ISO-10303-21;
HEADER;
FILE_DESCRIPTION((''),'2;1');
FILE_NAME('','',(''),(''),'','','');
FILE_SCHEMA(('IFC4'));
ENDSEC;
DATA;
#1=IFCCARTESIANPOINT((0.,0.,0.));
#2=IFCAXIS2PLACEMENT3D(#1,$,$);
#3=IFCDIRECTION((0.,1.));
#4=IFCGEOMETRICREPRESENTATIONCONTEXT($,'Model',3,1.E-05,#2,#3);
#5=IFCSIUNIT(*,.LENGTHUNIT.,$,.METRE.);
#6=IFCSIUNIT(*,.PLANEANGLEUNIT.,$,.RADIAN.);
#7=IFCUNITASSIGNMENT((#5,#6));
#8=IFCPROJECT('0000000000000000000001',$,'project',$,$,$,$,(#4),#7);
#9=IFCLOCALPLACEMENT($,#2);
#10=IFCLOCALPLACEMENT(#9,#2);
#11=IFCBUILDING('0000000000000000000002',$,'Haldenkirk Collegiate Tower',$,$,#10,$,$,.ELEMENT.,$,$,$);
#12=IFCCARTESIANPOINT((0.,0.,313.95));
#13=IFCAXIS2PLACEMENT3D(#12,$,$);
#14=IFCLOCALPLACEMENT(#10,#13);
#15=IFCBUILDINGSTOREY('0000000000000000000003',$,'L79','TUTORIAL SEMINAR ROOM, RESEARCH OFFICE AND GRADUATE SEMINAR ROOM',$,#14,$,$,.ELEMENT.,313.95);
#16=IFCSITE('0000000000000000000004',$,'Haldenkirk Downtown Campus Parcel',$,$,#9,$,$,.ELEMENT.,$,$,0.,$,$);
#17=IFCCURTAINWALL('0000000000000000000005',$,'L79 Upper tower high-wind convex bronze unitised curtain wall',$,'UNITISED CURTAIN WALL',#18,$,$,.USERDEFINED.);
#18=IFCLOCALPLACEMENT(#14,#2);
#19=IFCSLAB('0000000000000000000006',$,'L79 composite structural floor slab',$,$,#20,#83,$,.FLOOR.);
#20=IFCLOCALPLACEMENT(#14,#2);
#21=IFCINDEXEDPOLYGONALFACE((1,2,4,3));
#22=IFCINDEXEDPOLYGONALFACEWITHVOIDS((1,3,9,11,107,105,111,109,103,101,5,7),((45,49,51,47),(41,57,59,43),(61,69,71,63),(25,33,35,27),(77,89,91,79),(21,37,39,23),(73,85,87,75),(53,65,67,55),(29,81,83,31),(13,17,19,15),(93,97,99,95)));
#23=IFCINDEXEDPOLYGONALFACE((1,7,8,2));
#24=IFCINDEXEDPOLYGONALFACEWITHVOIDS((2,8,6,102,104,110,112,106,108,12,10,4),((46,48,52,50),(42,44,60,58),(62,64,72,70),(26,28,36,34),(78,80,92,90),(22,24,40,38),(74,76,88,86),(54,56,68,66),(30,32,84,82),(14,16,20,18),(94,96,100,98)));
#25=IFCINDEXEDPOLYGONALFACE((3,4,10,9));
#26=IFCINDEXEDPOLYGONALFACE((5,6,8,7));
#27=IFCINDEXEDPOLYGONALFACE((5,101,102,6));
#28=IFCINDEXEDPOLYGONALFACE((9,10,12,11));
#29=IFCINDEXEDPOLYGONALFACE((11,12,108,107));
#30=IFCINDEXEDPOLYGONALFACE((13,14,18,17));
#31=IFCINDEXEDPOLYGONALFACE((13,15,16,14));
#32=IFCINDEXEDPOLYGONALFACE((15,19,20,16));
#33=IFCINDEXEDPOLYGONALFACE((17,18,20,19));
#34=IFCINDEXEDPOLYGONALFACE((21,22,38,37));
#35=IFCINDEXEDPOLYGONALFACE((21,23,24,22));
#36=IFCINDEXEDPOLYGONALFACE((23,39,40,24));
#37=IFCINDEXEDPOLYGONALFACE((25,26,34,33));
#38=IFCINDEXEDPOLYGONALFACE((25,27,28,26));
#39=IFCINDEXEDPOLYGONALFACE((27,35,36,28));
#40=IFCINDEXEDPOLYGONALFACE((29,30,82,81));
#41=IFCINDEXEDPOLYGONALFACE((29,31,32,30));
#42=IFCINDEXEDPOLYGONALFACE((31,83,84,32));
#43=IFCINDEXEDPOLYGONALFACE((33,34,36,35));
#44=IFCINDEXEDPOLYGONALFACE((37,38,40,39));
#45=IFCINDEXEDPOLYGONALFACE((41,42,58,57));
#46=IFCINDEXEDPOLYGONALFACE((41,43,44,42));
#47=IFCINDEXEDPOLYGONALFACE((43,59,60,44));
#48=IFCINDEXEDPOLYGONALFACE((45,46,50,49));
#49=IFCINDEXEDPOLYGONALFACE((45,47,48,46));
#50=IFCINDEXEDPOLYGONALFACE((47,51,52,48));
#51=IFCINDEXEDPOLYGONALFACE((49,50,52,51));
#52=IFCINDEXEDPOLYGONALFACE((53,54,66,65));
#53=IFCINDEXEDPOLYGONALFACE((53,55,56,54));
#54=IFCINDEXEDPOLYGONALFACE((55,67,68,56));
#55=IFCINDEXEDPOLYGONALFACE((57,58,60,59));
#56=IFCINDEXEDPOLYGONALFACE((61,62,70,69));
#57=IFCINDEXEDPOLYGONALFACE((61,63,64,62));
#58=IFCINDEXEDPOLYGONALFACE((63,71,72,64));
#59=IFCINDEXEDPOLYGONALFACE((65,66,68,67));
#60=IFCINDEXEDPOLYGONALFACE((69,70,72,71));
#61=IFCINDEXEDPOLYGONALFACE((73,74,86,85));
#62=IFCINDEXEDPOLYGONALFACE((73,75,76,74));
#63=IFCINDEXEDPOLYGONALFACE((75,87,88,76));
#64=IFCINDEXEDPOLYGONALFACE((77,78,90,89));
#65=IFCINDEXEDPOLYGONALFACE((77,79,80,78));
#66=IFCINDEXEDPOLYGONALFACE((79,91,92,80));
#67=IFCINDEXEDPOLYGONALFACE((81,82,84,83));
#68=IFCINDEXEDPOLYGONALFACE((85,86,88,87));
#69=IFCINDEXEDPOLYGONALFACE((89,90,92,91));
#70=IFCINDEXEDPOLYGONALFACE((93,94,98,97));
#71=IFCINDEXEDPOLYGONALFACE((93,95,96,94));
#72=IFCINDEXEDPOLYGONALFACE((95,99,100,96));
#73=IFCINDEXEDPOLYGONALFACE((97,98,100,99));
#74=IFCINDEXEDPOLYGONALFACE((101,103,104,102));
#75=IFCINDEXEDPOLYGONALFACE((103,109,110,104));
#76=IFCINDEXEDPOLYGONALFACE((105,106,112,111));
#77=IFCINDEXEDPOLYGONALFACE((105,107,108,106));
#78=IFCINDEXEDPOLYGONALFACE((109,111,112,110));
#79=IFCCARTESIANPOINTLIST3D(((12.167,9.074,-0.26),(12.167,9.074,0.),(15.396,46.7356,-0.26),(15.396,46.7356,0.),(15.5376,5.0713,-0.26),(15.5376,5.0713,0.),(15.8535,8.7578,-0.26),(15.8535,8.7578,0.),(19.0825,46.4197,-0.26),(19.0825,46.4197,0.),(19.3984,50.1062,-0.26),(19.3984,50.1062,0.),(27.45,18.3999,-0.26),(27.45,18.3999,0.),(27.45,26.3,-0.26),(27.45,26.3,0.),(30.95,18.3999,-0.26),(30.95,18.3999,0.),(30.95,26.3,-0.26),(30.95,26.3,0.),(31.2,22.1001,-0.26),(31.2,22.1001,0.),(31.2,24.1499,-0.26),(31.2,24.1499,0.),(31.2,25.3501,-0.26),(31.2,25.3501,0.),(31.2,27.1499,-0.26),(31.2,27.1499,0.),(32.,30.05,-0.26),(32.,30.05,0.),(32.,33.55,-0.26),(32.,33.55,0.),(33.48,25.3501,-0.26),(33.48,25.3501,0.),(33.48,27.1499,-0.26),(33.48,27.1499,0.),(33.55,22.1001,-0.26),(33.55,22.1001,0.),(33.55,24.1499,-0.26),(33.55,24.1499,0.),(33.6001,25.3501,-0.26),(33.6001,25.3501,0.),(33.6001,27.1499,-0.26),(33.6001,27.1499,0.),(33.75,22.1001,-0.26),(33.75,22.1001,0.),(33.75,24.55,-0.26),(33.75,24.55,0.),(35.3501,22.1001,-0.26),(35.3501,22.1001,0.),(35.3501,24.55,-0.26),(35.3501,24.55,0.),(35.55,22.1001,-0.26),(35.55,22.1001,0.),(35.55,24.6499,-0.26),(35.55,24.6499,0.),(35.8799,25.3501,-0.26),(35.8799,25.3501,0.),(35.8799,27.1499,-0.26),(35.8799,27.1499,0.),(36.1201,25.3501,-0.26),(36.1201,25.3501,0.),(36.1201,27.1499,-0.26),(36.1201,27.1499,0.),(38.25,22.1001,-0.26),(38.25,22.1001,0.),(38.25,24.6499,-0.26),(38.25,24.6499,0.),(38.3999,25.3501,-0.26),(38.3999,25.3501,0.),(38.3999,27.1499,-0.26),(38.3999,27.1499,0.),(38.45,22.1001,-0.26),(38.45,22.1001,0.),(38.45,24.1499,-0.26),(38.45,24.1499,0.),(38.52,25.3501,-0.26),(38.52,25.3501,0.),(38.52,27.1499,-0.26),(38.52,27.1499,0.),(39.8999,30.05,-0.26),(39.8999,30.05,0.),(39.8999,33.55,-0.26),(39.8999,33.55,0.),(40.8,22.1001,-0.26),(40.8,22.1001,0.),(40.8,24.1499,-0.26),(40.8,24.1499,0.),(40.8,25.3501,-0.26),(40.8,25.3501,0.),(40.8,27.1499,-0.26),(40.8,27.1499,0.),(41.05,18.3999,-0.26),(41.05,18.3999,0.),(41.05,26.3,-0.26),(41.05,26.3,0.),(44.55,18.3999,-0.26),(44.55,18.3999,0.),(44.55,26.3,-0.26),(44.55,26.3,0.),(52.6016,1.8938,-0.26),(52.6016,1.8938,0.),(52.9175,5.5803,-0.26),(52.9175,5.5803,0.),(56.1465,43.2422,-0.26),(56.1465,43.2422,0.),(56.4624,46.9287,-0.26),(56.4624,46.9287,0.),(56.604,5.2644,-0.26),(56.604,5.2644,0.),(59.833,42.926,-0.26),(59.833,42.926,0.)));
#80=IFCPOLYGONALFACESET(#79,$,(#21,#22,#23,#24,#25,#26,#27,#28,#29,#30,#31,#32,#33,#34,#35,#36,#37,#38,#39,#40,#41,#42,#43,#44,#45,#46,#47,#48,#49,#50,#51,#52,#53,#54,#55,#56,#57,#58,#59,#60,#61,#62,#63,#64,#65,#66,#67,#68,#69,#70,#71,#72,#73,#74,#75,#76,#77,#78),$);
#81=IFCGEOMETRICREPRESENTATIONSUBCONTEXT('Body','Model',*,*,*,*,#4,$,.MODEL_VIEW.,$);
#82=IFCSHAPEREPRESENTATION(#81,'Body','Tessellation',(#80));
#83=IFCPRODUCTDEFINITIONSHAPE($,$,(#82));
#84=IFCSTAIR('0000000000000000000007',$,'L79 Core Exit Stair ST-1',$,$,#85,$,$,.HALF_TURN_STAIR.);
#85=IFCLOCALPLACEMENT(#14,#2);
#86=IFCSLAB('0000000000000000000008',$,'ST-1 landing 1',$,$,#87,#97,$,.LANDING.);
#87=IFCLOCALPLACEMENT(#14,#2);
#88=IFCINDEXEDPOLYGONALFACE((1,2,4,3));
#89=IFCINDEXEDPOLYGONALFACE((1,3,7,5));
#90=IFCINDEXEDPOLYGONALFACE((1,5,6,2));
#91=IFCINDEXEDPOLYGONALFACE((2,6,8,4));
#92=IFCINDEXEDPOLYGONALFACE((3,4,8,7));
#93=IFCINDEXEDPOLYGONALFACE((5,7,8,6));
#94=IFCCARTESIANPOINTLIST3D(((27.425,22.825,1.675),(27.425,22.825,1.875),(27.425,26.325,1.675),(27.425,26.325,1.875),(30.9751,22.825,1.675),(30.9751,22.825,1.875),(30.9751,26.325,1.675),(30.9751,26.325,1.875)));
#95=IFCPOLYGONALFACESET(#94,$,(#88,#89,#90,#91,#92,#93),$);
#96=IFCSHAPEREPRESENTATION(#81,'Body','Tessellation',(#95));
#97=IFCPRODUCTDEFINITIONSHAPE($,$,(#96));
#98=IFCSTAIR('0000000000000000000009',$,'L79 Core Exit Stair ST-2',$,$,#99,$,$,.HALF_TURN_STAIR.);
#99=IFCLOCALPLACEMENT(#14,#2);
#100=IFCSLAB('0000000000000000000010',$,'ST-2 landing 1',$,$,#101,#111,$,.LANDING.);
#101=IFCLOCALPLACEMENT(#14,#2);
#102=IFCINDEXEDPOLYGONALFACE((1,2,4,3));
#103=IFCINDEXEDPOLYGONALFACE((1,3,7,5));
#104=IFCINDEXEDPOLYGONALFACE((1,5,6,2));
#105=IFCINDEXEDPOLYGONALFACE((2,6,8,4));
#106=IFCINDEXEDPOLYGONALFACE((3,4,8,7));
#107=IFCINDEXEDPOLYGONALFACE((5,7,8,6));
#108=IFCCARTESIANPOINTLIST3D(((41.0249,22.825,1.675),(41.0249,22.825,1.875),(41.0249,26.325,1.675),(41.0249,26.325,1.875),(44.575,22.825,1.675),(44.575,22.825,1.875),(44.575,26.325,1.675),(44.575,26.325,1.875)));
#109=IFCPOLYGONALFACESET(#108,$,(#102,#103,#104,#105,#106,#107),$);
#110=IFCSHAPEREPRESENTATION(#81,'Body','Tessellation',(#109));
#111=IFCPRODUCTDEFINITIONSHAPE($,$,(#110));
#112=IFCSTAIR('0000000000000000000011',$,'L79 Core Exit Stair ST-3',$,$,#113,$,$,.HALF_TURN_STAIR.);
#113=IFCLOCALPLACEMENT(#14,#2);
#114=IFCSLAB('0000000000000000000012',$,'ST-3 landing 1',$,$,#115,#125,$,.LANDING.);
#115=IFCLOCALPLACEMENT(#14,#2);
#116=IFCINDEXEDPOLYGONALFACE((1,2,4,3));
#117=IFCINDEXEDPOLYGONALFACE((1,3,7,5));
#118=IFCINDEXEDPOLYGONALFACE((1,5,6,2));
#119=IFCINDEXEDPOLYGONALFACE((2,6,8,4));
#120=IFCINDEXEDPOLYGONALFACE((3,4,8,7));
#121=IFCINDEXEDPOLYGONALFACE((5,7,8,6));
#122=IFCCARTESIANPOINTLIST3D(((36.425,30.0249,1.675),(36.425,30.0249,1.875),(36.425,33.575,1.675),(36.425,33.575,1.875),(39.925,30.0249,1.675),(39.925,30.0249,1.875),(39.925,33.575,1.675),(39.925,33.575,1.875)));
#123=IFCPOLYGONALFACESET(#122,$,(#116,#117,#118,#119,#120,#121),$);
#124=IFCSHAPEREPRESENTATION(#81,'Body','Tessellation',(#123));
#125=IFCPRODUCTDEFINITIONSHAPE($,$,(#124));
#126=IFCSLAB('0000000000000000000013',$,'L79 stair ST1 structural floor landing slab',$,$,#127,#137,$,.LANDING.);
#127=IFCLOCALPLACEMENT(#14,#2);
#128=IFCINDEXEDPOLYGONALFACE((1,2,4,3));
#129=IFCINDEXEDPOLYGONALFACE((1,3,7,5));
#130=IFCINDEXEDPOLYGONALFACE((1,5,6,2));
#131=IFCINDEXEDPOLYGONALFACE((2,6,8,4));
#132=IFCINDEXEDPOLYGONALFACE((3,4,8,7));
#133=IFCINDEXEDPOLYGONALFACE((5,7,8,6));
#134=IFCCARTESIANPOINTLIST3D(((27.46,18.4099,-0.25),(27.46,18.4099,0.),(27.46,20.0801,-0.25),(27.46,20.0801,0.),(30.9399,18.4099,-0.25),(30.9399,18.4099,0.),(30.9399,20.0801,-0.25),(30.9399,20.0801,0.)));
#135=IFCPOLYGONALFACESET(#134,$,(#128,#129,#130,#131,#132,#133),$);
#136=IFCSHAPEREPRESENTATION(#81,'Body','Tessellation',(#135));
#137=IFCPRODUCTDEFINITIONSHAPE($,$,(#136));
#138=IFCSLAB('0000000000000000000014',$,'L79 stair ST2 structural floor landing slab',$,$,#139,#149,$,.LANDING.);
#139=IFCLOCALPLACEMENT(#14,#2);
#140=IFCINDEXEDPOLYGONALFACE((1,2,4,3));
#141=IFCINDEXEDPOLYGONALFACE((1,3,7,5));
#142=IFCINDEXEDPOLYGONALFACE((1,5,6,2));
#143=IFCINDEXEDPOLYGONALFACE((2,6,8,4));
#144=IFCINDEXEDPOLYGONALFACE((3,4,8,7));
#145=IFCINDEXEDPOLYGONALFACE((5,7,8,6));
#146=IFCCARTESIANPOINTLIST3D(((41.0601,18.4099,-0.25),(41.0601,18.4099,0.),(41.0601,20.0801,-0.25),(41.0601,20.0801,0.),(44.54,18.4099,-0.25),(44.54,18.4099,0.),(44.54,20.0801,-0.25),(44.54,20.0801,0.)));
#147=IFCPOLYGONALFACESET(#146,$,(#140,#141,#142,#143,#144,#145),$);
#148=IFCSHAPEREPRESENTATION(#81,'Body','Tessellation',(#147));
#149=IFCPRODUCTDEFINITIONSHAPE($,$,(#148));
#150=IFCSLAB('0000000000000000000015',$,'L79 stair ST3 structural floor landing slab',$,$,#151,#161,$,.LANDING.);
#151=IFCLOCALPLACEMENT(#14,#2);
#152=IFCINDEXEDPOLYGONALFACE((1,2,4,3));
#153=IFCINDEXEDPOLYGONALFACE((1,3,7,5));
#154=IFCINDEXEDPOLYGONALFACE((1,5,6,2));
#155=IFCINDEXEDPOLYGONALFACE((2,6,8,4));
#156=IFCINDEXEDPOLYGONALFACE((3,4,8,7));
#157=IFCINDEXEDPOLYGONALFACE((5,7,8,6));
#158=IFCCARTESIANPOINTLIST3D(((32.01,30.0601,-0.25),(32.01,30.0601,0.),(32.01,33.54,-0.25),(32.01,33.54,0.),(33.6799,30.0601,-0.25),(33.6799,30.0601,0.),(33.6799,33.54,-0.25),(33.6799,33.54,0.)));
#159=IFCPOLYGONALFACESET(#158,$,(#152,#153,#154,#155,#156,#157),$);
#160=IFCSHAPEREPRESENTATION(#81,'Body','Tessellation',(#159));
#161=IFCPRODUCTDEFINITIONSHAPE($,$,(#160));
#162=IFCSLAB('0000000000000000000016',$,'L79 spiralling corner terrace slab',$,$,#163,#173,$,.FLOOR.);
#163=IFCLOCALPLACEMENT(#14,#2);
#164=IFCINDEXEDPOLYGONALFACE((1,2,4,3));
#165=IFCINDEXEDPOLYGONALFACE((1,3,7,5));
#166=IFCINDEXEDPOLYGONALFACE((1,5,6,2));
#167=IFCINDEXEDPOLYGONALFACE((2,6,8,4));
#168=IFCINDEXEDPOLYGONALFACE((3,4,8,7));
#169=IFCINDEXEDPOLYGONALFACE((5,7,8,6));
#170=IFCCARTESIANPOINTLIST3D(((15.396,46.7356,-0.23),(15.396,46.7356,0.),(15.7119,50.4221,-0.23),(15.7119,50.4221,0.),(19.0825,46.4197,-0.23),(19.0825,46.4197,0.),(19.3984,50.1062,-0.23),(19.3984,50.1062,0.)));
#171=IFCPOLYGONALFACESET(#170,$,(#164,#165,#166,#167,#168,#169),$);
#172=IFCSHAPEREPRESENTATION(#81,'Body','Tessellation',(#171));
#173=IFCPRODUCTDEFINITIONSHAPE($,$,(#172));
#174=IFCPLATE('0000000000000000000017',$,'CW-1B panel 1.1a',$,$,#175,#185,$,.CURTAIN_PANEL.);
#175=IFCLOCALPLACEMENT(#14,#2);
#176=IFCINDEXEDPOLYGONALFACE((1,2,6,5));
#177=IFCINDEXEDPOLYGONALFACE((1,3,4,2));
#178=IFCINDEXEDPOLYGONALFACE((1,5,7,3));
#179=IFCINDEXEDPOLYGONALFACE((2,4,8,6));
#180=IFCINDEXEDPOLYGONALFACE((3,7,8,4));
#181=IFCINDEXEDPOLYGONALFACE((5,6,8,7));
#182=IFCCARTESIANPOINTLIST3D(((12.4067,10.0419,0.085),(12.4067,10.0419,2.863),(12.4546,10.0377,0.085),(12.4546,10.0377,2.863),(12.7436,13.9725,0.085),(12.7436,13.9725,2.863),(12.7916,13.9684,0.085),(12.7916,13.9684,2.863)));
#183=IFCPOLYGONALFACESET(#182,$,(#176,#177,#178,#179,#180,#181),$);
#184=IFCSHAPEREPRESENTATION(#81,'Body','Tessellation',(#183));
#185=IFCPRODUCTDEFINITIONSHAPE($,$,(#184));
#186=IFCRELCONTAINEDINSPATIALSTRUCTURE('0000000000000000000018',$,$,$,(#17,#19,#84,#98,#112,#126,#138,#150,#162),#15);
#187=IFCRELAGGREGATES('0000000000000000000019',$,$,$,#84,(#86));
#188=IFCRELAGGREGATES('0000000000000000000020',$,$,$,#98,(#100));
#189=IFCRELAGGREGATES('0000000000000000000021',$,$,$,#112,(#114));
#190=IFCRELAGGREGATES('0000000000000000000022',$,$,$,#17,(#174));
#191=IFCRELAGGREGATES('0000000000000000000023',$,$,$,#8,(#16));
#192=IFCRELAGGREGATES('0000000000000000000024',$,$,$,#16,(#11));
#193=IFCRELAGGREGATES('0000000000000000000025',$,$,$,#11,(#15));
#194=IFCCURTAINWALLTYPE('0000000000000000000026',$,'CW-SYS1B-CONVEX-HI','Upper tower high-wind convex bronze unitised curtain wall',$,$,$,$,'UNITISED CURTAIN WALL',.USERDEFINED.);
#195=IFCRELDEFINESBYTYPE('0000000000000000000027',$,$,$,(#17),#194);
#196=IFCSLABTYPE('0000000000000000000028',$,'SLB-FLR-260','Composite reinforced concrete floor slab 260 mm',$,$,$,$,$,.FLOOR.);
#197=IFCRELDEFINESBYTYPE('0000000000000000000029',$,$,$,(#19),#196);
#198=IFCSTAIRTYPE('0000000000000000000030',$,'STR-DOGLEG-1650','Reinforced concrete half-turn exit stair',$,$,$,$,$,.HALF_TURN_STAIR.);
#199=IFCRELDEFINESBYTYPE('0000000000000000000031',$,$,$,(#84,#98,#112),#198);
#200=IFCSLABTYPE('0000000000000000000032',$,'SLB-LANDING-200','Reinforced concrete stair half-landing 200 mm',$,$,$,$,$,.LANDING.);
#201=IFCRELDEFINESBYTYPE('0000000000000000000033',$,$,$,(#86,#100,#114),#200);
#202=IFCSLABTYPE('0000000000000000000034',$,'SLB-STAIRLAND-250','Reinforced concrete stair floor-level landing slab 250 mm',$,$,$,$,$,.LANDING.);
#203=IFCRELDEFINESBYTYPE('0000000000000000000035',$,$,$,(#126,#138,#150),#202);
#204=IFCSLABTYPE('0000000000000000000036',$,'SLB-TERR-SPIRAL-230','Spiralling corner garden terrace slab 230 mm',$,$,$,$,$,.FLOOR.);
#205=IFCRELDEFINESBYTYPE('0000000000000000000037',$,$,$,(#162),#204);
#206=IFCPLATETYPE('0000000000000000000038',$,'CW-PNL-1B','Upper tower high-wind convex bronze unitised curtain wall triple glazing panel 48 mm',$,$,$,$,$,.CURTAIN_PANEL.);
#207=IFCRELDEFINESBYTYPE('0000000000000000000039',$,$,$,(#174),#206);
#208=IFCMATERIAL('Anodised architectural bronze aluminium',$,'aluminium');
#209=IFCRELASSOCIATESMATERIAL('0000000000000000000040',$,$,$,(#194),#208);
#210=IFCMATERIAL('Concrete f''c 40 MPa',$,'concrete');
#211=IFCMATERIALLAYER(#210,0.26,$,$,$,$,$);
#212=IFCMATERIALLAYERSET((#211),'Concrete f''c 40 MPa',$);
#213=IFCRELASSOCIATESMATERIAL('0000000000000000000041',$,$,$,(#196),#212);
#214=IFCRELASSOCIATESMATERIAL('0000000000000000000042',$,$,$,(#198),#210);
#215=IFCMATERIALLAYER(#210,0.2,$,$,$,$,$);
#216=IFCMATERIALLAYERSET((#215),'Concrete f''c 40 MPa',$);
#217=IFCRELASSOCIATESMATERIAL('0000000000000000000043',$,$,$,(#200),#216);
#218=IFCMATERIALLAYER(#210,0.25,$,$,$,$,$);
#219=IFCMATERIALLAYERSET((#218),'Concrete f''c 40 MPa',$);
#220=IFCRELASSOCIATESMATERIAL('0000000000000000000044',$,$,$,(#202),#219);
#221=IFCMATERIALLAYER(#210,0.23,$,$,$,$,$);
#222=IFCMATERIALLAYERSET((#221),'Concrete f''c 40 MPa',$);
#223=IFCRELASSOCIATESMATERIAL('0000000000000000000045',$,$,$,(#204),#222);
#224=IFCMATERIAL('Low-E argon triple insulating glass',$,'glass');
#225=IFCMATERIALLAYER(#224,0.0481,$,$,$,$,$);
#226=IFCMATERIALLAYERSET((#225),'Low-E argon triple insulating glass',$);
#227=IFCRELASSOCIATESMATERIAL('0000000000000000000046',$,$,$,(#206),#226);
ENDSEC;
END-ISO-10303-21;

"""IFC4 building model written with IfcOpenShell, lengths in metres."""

from ifc_helpers import new_model, si_unit, direction, frame, origin, origin_2d, place, context, subcontext, project, spatial, polyline, rectangle, outline, extrude, source, transform, mapped, material, layer, layer_set, type_object, element, aggregate, save


model = new_model("IFC4")

# Units and contexts
model_context = context("Model", 3, precision=1e-05, world=origin(), true_north=direction((0.0, 1.0)))
body_context = subcontext(model_context, "Body", "Model", "MODEL_VIEW")
ifc_project = project(units=[si_unit("LENGTHUNIT", "METRE"), si_unit("PLANEANGLEUNIT", "RADIAN")], contexts=[model_context])

# Site, building, storey
site_placement = place(None, origin())
site = spatial("IfcSite", under=ifc_project, at=site_placement, Name="Haldenkirk Downtown Campus Parcel", CompositionType="ELEMENT", RefElevation=0.0)
building_placement = place(site_placement, origin())
building = spatial("IfcBuilding", under=site, at=building_placement, Name="Haldenkirk Collegiate Tower", CompositionType="ELEMENT")
storey_placement = place(building_placement, frame((0.0, 0.0, 313.95)))
storey = spatial("IfcBuildingStorey", under=building, at=storey_placement, Name="L79", Description="TUTORIAL SEMINAR ROOM, RESEARCH OFFICE AND GRADUATE SEMINAR ROOM", CompositionType="ELEMENT", Elevation=313.95)

# Curtain wall
ifc_material_1 = material(Name="Anodised architectural bronze aluminium", Category="aluminium")
curtain_wall_type = type_object("IfcCurtainWallType", Name="CW-SYS1B-CONVEX-HI", Description="Upper tower high-wind convex bronze unitised curtain wall", ElementType="UNITISED CURTAIN WALL", PredefinedType="USERDEFINED", material=ifc_material_1)
curtain_wall_placement = place(storey_placement, origin())
curtain_wall = element("IfcCurtainWall", 1, at=curtain_wall_placement, inside=storey, type_object=curtain_wall_type, Name="L79 Upper tower high-wind convex bronze unitised curtain wall", ObjectType="UNITISED CURTAIN WALL", PredefinedType="USERDEFINED")

# Slab
ifc_material_2 = material(Name="Concrete f'c 40 MPa", Category="concrete")
ifc_layer_1 = layer(ifc_material_2, 0.26)
ifc_layer_set_1 = layer_set([ifc_layer_1], Name="Concrete f'c 40 MPa")
slab_type_1 = type_object("IfcSlabType", Name="SLB-FLR-260", Description="Composite reinforced concrete floor slab 260 mm", PredefinedType="FLOOR", material=ifc_layer_set_1)
slab_1_placement = place(storey_placement, frame((0.0, 0.0, -0.26)))
element("IfcSlab", 2, at=slab_1_placement, inside=storey, type_object=slab_type_1, Name="L79 composite structural floor slab", PredefinedType="FLOOR", context=body_context, shape_type="SweptSolid", body=[
    extrude(outline(polyline([(56.604, 5.2644), (59.833, 42.926), (56.1465, 43.2422), (56.4624, 46.9287), (19.3984, 50.1062), (19.0825, 46.4197), (15.396, 46.7356), (12.167, 9.074), (15.8535, 8.7578), (15.5376, 5.0713), (52.6016, 1.8938), (52.9175, 5.5803), (56.604, 5.2644)]), holes=[polyline([(27.45, 18.3999), (30.95, 18.3999), (30.95, 26.3), (27.45, 26.3), (27.45, 18.3999)]), polyline([(41.05, 18.3999), (44.55, 18.3999), (44.55, 26.3), (41.05, 26.3), (41.05, 18.3999)]), polyline([(32.0, 30.05), (39.8999, 30.05), (39.8999, 33.55), (32.0, 33.55), (32.0, 30.05)]), polyline([(33.75, 22.1001), (35.3501, 22.1001), (35.3501, 24.55), (33.75, 24.55), (33.75, 22.1001)]), polyline([(31.2, 25.3501), (33.48, 25.3501), (33.48, 27.1499), (31.2, 27.1499), (31.2, 25.3501)]), polyline([(33.6001, 25.3501), (35.8799, 25.3501), (35.8799, 27.1499), (33.6001, 27.1499), (33.6001, 25.3501)]), polyline([(36.1201, 25.3501), (38.3999, 25.3501), (38.3999, 27.1499), (36.1201, 27.1499), (36.1201, 25.3501)]), polyline([(38.52, 25.3501), (40.8, 25.3501), (40.8, 27.1499), (38.52, 27.1499), (38.52, 25.3501)]), polyline([(31.2, 22.1001), (33.55, 22.1001), (33.55, 24.1499), (31.2, 24.1499), (31.2, 22.1001)]), polyline([(38.45, 22.1001), (40.8, 22.1001), (40.8, 24.1499), (38.45, 24.1499), (38.45, 22.1001)]), polyline([(35.55, 22.1001), (38.25, 22.1001), (38.25, 24.6499), (35.55, 24.6499), (35.55, 22.1001)])]), origin(), (0.0, 0.0, 1.0), 0.26),
])

# Stairs, slabs
stair_type = type_object("IfcStairType", Name="STR-DOGLEG-1650", Description="Reinforced concrete half-turn exit stair", PredefinedType="HALF_TURN_STAIR", material=ifc_material_2)
stair_1_placement = place(storey_placement, origin())
stair_1 = element("IfcStair", 3, at=stair_1_placement, inside=storey, type_object=stair_type, Name="L79 Core Exit Stair ST-1", PredefinedType="HALF_TURN_STAIR")
ifc_layer_2 = layer(ifc_material_2, 0.2)
ifc_layer_set_2 = layer_set([ifc_layer_2], Name="Concrete f'c 40 MPa")
slab_type_2 = type_object("IfcSlabType", Name="SLB-LANDING-200", Description="Reinforced concrete stair half-landing 200 mm", PredefinedType="LANDING", material=ifc_layer_set_2)
slab_2_placement = place(storey_placement, frame((0.0, 0.0, 1.675)))
slab_2 = element("IfcSlab", 4, at=slab_2_placement, type_object=slab_type_2, Name="ST-1 landing 1", PredefinedType="LANDING", context=body_context, shape_type="SweptSolid", body=[
    extrude(outline(polyline([(30.9751, 22.825), (27.425, 22.825), (27.425, 26.325), (30.9751, 26.325), (30.9751, 22.825)])), origin(), (0.0, 0.0, 1.0), 0.2),
])
aggregate(stair_1, [slab_2])
stair_2_placement = place(storey_placement, origin())
stair_2 = element("IfcStair", 5, at=stair_2_placement, inside=storey, type_object=stair_type, Name="L79 Core Exit Stair ST-2", PredefinedType="HALF_TURN_STAIR")
slab_3_placement = place(storey_placement, frame((0.0, 0.0, 1.675)))
slab_3 = element("IfcSlab", 6, at=slab_3_placement, type_object=slab_type_2, Name="ST-2 landing 1", PredefinedType="LANDING", context=body_context, shape_type="SweptSolid", body=[
    extrude(outline(polyline([(44.575, 22.825), (41.0249, 22.825), (41.0249, 26.325), (44.575, 26.325), (44.575, 22.825)])), origin(), (0.0, 0.0, 1.0), 0.2),
])
aggregate(stair_2, [slab_3])
stair_3_placement = place(storey_placement, origin())
stair_3 = element("IfcStair", 7, at=stair_3_placement, inside=storey, type_object=stair_type, Name="L79 Core Exit Stair ST-3", PredefinedType="HALF_TURN_STAIR")
slab_4_placement = place(storey_placement, frame((0.0, 0.0, 1.675)))
slab_4 = element("IfcSlab", 8, at=slab_4_placement, type_object=slab_type_2, Name="ST-3 landing 1", PredefinedType="LANDING", context=body_context, shape_type="SweptSolid", body=[
    extrude(outline(polyline([(36.425, 30.0249), (36.425, 33.575), (39.925, 33.575), (39.925, 30.0249), (36.425, 30.0249)])), origin(), (0.0, 0.0, 1.0), 0.2),
])
aggregate(stair_3, [slab_4])

# Slabs
ifc_layer_3 = layer(ifc_material_2, 0.25)
ifc_layer_set_3 = layer_set([ifc_layer_3], Name="Concrete f'c 40 MPa")
slab_type_3 = type_object("IfcSlabType", Name="SLB-STAIRLAND-250", Description="Reinforced concrete stair floor-level landing slab 250 mm", PredefinedType="LANDING", material=ifc_layer_set_3)
slab_5_placement = place(storey_placement, frame((0.0, 0.0, -0.25)))
element("IfcSlab", 9, at=slab_5_placement, inside=storey, type_object=slab_type_3, Name="L79 stair ST1 structural floor landing slab", PredefinedType="LANDING", context=body_context, shape_type="SweptSolid", body=[
    extrude(outline(polyline([(27.46, 18.4099), (30.9399, 18.4099), (30.9399, 20.0801), (27.46, 20.0801), (27.46, 18.4099)])), origin(), (0.0, 0.0, 1.0), 0.25),
])
slab_6_placement = place(storey_placement, frame((0.0, 0.0, -0.25)))
element("IfcSlab", 10, at=slab_6_placement, inside=storey, type_object=slab_type_3, Name="L79 stair ST2 structural floor landing slab", PredefinedType="LANDING", context=body_context, shape_type="SweptSolid", body=[
    extrude(outline(polyline([(41.0601, 18.4099), (44.54, 18.4099), (44.54, 20.0801), (41.0601, 20.0801), (41.0601, 18.4099)])), origin(), (0.0, 0.0, 1.0), 0.25),
])
slab_7_placement = place(storey_placement, frame((0.0, 0.0, -0.25)))
element("IfcSlab", 11, at=slab_7_placement, inside=storey, type_object=slab_type_3, Name="L79 stair ST3 structural floor landing slab", PredefinedType="LANDING", context=body_context, shape_type="SweptSolid", body=[
    extrude(outline(polyline([(32.01, 30.0601), (33.6799, 30.0601), (33.6799, 33.54), (32.01, 33.54), (32.01, 30.0601)])), origin(), (0.0, 0.0, 1.0), 0.25),
])
ifc_layer_4 = layer(ifc_material_2, 0.23)
ifc_layer_set_4 = layer_set([ifc_layer_4], Name="Concrete f'c 40 MPa")
slab_type_4 = type_object("IfcSlabType", Name="SLB-TERR-SPIRAL-230", Description="Spiralling corner garden terrace slab 230 mm", PredefinedType="FLOOR", material=ifc_layer_set_4)
slab_8_placement = place(storey_placement, frame((0.0, 0.0, -0.23)))
element("IfcSlab", 12, at=slab_8_placement, inside=storey, type_object=slab_type_4, Name="L79 spiralling corner terrace slab", PredefinedType="FLOOR", context=body_context, shape_type="SweptSolid", body=[
    extrude(outline(polyline([(19.0825, 46.4197), (19.3984, 50.1062), (15.7119, 50.4221), (15.396, 46.7356), (19.0825, 46.4197)])), origin(), (0.0, 0.0, 1.0), 0.23),
])

# Plate
ifc_material_3 = material(Name="Low-E argon triple insulating glass", Category="glass")
ifc_layer_5 = layer(ifc_material_3, 0.0481)
ifc_layer_set_5 = layer_set([ifc_layer_5], Name="Low-E argon triple insulating glass")
plate_type_1 = type_object("IfcPlateType", Name="CW-PNL-1B", Description="Upper tower high-wind convex bronze unitised curtain wall triple glazing panel 48 mm", PredefinedType="CURTAIN_PANEL", material=ifc_layer_set_5)
shared_shape_1 = source(origin(), body_context, "Body", "SweptSolid", [
    extrude(rectangle(XDim=3.9451, YDim=0.0481, at=origin_2d()), origin(), (0.0, 0.0, 1.0), 2.7781),
])
plate_1_placement = place(storey_placement, frame((12.5991, 12.0051, 0.085), z_axis=(0.0, 0.0, 1.0), x_axis=(0.085417, 0.996345, 0.0)))
plate_1 = element("IfcPlate", 13, at=plate_1_placement, type_object=plate_type_1, Name="CW-1B panel 1.1a", PredefinedType="CURTAIN_PANEL", context=body_context, shape_type="MappedRepresentation", body=[
    mapped(shared_shape_1, transform((0.0, 0.0, 0.0), x_axis=(1.0, 0.0, 0.0), y_axis=(0.0, 1.0, 0.0), z_axis=(0.0, 0.0, 1.0), scale=1.0)),
])
aggregate(curtain_wall, [plate_1])

save(model, "model.ifc")
